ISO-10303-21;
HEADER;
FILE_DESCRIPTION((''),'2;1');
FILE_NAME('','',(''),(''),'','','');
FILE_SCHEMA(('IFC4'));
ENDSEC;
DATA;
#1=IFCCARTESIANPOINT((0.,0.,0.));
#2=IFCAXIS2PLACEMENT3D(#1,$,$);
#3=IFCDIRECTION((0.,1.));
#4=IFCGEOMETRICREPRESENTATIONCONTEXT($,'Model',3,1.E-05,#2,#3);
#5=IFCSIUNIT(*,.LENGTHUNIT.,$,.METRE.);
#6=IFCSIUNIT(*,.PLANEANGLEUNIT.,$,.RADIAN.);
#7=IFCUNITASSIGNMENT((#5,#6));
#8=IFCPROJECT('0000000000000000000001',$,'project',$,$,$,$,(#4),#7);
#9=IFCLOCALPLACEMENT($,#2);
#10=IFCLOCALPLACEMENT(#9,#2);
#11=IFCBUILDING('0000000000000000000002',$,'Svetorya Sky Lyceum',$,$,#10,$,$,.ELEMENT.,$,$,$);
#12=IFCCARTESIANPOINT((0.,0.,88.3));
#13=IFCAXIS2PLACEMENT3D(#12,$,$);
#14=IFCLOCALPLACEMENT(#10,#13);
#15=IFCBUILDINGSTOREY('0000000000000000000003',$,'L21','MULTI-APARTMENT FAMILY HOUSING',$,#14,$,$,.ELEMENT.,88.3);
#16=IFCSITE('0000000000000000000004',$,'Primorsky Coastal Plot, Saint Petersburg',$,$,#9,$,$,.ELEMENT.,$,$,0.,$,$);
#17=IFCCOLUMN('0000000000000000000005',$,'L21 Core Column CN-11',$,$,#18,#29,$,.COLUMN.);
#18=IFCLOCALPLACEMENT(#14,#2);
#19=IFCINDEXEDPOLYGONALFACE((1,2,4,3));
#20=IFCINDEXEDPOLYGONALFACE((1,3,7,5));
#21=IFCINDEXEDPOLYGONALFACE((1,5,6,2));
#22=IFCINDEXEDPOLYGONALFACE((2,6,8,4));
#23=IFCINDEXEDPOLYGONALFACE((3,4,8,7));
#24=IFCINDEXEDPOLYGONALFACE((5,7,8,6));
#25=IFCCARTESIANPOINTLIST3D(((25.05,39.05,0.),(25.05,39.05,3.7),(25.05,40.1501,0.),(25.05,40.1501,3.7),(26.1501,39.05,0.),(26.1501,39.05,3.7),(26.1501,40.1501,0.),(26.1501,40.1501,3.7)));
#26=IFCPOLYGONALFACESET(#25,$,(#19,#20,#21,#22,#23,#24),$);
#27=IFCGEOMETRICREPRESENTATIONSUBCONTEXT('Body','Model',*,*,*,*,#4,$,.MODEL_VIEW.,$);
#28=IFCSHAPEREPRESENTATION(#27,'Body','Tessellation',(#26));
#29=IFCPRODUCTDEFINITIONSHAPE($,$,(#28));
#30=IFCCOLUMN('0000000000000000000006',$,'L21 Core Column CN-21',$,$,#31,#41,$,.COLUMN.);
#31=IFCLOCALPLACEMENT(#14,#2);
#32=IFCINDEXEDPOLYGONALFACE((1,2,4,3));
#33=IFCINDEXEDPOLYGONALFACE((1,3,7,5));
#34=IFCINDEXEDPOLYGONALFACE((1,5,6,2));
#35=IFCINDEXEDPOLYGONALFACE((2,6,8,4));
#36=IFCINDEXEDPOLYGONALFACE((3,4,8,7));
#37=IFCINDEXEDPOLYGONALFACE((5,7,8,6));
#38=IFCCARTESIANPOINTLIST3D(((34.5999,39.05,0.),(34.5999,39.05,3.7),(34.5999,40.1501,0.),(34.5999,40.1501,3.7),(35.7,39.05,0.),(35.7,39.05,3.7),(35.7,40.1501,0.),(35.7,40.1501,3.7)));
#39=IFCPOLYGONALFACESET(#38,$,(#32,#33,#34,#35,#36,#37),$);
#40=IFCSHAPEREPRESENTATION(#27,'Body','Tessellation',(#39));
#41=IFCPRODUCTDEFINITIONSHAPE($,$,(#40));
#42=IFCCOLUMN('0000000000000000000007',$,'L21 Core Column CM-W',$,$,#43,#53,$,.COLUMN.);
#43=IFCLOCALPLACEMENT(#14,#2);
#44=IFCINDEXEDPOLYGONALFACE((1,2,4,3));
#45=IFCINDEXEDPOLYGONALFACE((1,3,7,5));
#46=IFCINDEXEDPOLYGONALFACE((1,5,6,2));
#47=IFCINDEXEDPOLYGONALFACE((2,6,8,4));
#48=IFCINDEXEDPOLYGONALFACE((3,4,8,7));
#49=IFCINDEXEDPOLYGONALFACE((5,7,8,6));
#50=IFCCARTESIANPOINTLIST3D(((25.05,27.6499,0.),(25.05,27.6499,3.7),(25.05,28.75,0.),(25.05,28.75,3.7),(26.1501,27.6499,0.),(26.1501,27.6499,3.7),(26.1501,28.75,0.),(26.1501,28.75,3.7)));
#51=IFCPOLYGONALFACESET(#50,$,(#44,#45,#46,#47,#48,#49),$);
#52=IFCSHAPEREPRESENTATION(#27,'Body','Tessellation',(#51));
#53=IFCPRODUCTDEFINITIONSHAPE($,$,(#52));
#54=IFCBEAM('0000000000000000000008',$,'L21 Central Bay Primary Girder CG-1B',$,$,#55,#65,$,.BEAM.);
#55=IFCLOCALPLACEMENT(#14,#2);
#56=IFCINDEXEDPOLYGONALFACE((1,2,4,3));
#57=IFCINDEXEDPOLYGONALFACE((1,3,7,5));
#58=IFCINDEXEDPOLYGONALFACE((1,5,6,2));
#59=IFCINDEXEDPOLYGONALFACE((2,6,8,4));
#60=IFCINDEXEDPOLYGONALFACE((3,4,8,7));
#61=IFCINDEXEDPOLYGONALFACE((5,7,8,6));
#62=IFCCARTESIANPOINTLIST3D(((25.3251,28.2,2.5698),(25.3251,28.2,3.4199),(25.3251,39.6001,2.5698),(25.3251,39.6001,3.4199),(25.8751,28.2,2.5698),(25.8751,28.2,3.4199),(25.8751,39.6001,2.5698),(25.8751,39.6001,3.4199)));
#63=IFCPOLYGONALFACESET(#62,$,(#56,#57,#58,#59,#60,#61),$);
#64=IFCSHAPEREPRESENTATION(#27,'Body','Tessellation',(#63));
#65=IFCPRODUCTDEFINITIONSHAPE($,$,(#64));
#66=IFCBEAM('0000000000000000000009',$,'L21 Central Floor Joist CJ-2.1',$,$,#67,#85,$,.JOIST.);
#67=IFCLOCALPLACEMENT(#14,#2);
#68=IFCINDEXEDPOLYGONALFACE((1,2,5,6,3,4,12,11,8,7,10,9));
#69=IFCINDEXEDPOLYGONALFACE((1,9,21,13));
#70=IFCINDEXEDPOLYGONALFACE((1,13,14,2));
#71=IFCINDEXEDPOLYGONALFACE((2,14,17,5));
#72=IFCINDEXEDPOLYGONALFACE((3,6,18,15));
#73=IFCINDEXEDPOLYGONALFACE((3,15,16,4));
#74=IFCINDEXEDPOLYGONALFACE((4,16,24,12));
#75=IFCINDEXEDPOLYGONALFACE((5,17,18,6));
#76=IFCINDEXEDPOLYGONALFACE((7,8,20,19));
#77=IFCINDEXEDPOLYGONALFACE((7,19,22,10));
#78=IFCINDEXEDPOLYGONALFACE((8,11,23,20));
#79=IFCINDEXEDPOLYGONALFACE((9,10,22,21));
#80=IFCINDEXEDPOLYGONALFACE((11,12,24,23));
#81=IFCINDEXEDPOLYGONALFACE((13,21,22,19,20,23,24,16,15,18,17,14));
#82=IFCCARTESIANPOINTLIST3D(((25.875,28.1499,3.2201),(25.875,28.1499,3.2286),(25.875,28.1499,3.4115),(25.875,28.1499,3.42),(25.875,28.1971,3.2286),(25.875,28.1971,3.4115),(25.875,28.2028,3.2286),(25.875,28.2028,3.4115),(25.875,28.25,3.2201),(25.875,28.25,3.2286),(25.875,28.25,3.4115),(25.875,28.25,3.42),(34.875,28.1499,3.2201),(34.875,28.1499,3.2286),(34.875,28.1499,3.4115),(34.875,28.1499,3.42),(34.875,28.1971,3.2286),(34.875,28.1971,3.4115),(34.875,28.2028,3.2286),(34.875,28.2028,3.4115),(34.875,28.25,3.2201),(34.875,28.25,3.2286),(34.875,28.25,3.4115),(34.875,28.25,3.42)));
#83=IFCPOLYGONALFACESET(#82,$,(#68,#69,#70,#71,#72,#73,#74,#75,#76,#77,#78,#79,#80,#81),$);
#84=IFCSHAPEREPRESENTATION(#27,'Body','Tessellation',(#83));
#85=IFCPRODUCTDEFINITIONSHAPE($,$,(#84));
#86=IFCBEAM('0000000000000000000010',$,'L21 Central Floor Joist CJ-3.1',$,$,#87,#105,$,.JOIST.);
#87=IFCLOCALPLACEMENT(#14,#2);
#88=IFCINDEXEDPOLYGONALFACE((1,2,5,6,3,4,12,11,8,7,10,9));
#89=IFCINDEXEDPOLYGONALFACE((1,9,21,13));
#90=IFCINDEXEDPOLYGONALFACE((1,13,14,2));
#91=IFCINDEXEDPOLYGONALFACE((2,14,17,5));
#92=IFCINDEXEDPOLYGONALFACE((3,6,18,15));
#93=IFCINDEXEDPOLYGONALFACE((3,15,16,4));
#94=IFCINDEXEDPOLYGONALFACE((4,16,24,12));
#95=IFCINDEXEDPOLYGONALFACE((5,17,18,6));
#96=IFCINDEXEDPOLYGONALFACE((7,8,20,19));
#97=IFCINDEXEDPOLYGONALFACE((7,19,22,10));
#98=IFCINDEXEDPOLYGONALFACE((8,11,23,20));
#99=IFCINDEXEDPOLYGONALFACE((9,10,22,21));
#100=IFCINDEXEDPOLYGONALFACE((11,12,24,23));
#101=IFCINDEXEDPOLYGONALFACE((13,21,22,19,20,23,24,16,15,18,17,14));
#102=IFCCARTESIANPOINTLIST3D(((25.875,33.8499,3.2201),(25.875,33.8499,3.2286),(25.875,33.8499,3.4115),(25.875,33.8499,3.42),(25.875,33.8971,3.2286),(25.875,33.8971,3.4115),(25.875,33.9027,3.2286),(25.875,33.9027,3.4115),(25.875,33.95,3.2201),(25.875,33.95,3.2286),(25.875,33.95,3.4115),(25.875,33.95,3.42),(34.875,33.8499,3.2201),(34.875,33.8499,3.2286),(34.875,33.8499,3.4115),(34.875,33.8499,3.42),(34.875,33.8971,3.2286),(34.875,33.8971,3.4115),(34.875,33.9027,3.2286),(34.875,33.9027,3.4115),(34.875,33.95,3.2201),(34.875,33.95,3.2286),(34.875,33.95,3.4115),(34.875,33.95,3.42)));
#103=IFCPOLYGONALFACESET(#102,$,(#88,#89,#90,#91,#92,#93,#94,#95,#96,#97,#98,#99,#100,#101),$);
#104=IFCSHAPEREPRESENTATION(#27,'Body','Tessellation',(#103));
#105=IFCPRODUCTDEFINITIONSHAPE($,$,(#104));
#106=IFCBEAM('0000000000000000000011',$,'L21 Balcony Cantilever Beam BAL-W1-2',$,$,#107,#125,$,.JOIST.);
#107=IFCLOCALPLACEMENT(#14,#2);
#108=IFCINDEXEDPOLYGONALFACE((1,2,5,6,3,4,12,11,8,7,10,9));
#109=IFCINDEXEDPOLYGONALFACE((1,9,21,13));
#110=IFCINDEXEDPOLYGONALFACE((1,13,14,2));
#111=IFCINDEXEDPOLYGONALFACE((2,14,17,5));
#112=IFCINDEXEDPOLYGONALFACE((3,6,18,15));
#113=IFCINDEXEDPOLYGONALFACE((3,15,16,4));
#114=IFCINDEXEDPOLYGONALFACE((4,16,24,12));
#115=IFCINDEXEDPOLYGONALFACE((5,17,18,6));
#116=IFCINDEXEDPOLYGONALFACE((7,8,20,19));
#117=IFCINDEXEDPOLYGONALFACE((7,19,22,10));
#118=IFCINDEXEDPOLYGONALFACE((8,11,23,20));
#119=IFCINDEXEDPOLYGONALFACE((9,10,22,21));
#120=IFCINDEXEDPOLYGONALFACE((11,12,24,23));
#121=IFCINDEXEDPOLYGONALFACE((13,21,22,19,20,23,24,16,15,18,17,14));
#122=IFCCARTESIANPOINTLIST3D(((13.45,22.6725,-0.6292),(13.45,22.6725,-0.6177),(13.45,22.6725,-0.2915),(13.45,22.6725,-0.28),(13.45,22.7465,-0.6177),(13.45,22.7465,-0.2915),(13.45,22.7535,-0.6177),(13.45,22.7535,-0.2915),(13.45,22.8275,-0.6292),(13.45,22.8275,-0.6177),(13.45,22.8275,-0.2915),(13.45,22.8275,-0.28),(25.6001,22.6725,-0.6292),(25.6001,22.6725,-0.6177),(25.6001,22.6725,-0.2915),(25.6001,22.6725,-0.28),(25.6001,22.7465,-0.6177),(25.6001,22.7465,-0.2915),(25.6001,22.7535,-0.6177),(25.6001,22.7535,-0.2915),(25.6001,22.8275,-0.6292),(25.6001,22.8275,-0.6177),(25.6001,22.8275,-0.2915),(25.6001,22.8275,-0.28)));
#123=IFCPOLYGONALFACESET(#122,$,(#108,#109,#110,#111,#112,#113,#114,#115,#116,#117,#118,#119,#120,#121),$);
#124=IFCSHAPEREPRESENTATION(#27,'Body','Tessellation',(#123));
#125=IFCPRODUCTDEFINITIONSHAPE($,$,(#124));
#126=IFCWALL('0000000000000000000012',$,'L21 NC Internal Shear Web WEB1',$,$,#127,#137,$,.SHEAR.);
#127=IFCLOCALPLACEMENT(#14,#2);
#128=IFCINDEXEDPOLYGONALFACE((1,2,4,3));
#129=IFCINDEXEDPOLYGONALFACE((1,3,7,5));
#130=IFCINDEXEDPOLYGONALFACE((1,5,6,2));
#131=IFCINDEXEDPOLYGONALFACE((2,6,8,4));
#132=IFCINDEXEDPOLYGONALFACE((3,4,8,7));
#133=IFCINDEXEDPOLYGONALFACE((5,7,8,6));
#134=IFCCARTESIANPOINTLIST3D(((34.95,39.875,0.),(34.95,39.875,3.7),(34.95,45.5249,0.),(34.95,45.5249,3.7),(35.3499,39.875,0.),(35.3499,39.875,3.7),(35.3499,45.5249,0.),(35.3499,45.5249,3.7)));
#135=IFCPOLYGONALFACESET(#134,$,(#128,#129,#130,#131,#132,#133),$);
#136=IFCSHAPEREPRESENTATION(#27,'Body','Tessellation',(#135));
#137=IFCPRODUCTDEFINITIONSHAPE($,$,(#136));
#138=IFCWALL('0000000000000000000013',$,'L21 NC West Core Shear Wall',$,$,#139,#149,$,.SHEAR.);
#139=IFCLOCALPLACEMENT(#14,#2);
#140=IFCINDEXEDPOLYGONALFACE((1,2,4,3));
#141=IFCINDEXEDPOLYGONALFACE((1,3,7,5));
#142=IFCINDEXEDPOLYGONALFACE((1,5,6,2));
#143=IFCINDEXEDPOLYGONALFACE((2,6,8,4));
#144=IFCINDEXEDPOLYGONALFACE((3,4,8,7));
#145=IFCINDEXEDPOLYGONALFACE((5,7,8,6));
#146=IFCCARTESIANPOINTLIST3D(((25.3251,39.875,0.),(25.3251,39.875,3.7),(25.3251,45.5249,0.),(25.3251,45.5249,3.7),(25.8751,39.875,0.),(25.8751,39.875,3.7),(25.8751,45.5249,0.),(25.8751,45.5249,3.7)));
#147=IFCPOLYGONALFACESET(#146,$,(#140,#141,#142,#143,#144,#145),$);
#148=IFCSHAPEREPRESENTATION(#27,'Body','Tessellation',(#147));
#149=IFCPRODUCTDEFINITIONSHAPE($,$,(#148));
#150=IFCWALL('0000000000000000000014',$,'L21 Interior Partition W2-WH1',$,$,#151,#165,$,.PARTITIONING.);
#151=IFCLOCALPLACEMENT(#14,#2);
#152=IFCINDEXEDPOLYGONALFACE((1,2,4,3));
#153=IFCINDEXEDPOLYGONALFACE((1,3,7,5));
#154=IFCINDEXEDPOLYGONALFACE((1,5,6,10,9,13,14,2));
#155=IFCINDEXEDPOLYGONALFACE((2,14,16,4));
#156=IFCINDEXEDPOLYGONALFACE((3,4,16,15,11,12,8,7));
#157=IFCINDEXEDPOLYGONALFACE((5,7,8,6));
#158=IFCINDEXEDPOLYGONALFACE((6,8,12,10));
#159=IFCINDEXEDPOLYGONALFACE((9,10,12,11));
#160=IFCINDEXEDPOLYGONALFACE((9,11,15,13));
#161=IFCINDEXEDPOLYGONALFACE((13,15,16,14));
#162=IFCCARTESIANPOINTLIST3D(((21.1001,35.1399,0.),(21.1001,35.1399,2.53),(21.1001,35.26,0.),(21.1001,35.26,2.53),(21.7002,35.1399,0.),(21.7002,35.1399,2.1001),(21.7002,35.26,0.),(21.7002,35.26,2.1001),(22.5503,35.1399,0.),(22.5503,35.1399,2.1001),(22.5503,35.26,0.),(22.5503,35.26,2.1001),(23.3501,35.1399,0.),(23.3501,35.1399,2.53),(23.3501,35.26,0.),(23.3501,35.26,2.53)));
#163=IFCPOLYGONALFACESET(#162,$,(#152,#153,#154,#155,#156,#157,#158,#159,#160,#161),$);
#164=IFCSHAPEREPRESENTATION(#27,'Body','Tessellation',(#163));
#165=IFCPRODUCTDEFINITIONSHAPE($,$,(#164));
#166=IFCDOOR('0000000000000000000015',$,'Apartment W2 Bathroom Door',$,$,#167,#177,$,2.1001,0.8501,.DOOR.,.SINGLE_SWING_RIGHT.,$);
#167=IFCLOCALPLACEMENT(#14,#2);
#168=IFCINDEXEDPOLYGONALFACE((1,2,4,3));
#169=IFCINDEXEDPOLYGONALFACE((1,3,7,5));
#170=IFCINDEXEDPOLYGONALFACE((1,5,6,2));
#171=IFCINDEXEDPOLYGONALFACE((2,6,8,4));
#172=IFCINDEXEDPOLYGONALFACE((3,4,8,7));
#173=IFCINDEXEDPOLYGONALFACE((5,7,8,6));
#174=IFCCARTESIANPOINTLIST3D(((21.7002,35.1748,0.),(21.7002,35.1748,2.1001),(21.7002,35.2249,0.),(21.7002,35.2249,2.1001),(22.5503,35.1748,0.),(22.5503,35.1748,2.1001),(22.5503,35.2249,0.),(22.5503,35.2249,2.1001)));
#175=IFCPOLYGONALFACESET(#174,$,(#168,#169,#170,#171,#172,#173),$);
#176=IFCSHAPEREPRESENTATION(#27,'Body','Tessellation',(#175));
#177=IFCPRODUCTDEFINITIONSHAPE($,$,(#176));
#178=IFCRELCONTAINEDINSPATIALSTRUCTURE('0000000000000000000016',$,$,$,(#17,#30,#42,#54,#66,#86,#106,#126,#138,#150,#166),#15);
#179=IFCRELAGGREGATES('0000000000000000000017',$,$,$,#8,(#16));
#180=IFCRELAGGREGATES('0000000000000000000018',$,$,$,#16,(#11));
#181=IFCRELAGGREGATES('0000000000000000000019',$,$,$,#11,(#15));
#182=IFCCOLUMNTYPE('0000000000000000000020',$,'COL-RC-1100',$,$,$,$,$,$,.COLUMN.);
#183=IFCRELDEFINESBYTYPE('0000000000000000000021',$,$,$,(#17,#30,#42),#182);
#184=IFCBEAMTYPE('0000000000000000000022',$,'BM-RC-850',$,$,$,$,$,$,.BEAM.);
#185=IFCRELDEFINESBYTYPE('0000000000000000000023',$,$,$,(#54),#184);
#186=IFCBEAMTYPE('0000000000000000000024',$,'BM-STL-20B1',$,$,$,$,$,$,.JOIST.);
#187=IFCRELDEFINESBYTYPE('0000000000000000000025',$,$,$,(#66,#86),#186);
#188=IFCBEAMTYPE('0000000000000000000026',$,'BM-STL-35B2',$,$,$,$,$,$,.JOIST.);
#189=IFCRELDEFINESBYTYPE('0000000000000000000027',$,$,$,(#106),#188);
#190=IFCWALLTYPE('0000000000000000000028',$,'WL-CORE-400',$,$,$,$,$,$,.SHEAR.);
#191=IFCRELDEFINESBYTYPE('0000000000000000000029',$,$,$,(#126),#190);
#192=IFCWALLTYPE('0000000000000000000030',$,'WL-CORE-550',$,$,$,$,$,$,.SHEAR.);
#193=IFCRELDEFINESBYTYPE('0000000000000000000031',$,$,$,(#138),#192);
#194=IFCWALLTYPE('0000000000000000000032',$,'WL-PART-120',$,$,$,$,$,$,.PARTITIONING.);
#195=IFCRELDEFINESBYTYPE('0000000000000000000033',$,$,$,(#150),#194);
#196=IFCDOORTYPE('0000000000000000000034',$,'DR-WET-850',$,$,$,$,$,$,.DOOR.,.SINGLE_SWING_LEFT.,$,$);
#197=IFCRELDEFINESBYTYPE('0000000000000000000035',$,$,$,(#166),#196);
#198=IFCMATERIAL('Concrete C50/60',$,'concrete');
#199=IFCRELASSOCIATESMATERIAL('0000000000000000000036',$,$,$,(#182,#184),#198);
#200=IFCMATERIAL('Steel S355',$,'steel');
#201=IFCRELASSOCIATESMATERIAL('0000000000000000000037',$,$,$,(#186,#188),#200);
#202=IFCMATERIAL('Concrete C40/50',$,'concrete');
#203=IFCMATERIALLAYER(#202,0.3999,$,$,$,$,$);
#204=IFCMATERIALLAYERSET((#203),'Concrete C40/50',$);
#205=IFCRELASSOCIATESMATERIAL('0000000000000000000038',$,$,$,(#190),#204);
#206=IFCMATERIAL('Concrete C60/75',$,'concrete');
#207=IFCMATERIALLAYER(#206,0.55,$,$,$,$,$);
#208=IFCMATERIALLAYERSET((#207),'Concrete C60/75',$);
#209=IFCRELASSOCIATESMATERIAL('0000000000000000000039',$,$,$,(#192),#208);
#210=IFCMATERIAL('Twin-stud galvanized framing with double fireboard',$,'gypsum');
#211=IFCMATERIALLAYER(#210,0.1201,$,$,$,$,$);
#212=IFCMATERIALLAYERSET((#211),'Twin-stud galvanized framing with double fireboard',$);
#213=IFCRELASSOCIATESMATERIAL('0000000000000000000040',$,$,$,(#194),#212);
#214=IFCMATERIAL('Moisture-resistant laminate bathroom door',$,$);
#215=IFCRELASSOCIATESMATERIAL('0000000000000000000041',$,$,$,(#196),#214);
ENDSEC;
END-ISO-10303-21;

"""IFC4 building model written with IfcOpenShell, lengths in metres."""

from ifc_helpers import new_model, si_unit, direction, frame, frame_2d, origin, origin_2d, place, context, subcontext, project, spatial, rectangle, i_section, extrude, material, layer, layer_set, material_profile, profile_set, type_object, element, fill, save


model = new_model("IFC4")

# Units and contexts
model_context = context("Model", 3, precision=1e-05, world=origin(), true_north=direction((0.0, 1.0)))
body_context = subcontext(model_context, "Body", "Model", "MODEL_VIEW")
ifc_project = project(units=[si_unit("LENGTHUNIT", "METRE"), si_unit("PLANEANGLEUNIT", "RADIAN")], contexts=[model_context])

# Site, building, storey
site_placement = place(None, origin())
site = spatial("IfcSite", under=ifc_project, at=site_placement, Name="Primorsky Coastal Plot, Saint Petersburg", CompositionType="ELEMENT", RefElevation=0.0)
building_placement = place(site_placement, origin())
building = spatial("IfcBuilding", under=site, at=building_placement, Name="Svetorya Sky Lyceum", CompositionType="ELEMENT")
storey_placement = place(building_placement, frame((0.0, 0.0, 88.3)))
storey = spatial("IfcBuildingStorey", under=building, at=storey_placement, Name="L21", Description="MULTI-APARTMENT FAMILY HOUSING", CompositionType="ELEMENT", Elevation=88.3)

# Columns
ifc_material_1 = material(Name="Concrete C50/60", Category="concrete")
ifc_material_profile_1 = material_profile(ifc_material_1, rectangle(XDim=1.1001, YDim=1.1001, at=origin_2d()), Name="RC COL 1100x1100")
ifc_profile_set_1 = profile_set([ifc_material_profile_1], Name="Concrete C50/60")
column_type = type_object("IfcColumnType", Name="COL-RC-1100", PredefinedType="COLUMN", material=ifc_profile_set_1)
for number, where, z_axis, x_axis, name in (
    (1, (25.6001, 39.6001, 0.0), (0.0, 0.0, 1.0), (1.0, 0.0, 0.0), "L21 Core Column CN-11"),
    (2, (35.1499, 39.6001, 0.0), (0.0, 0.0, 1.0), (1.0, 0.0, 0.0), "L21 Core Column CN-21"),
    (3, (25.6001, 28.2, 0.0), (0.0, 0.0, 1.0), (1.0, 0.0, 0.0), "L21 Core Column CM-W"),
):
    element("IfcColumn", number, at=place(storey_placement, frame(where, z_axis=z_axis, x_axis=x_axis)), inside=storey, type_object=column_type, Name=name, PredefinedType="COLUMN", context=body_context, shape_type="SweptSolid", body=[
        extrude(rectangle(XDim=1.1001, YDim=1.1001, at=origin_2d()), origin(), (0.0, 0.0, 1.0), 3.7),
    ])

# Beams
ifc_material_profile_2 = material_profile(ifc_material_1, rectangle(XDim=0.55, YDim=0.8501, at=origin_2d()), Name="RC BEAM 550x850")
ifc_profile_set_2 = profile_set([ifc_material_profile_2], Name="Concrete C50/60")
beam_type_1 = type_object("IfcBeamType", Name="BM-RC-850", PredefinedType="BEAM", material=ifc_profile_set_2)
beam_1_placement = place(storey_placement, frame((25.6001, 28.2, 2.9949), z_axis=(0.0, 1.0, 0.0), x_axis=(-1.0, 0.0, 0.0)))
element("IfcBeam", 4, at=beam_1_placement, inside=storey, type_object=beam_type_1, Name="L21 Central Bay Primary Girder CG-1B", PredefinedType="BEAM", context=body_context, shape_type="SweptSolid", body=[
    extrude(rectangle(XDim=0.55, YDim=0.8501, at=origin_2d()), origin(), (0.0, 0.0, 1.0), 11.4001),
])
ifc_material_2 = material(Name="Steel S355", Category="steel")
ifc_material_profile_3 = material_profile(ifc_material_2, i_section(OverallWidth=0.1001, OverallDepth=0.2, WebThickness=0.0056, FlangeThickness=0.0085, at=origin_2d()), Name="GOST 20B1")
ifc_profile_set_3 = profile_set([ifc_material_profile_3], Name="Steel S355")
beam_type_2 = type_object("IfcBeamType", Name="BM-STL-20B1", PredefinedType="JOIST", material=ifc_profile_set_3)
for number, where, z_axis, x_axis, name in (
    (5, (25.875, 28.2, 3.3201), (1.0, 0.0, 0.0), (0.0, 1.0, 0.0), "L21 Central Floor Joist CJ-2.1"),
    (6, (25.875, 33.8999, 3.3201), (1.0, 0.0, 0.0), (0.0, 1.0, 0.0), "L21 Central Floor Joist CJ-3.1"),
):
    element("IfcBeam", number, at=place(storey_placement, frame(where, z_axis=z_axis, x_axis=x_axis)), inside=storey, type_object=beam_type_2, Name=name, PredefinedType="JOIST", context=body_context, shape_type="SweptSolid", body=[
        extrude(i_section(OverallWidth=0.1001, OverallDepth=0.2, WebThickness=0.0056, FlangeThickness=0.0085, at=origin_2d()), origin(), (0.0, 0.0, 1.0), 9.0),
    ])
ifc_material_profile_4 = material_profile(ifc_material_2, i_section(OverallWidth=0.155, OverallDepth=0.3491, WebThickness=0.0071, FlangeThickness=0.0115, at=origin_2d()), Name="GOST 35B2")
ifc_profile_set_4 = profile_set([ifc_material_profile_4], Name="Steel S355")
beam_type_3 = type_object("IfcBeamType", Name="BM-STL-35B2", PredefinedType="JOIST", material=ifc_profile_set_4)
beam_2_placement = place(storey_placement, frame((25.6001, 22.75, -0.4546), z_axis=(-1.0, 0.0, 0.0), x_axis=(0.0, -1.0, 0.0)))
element("IfcBeam", 7, at=beam_2_placement, inside=storey, type_object=beam_type_3, Name="L21 Balcony Cantilever Beam BAL-W1-2", PredefinedType="JOIST", context=body_context, shape_type="SweptSolid", body=[
    extrude(i_section(OverallWidth=0.155, OverallDepth=0.3491, WebThickness=0.0071, FlangeThickness=0.0115, at=origin_2d()), origin(), (0.0, 0.0, 1.0), 12.1501),
])

# Walls
ifc_material_3 = material(Name="Concrete C40/50", Category="concrete")
ifc_layer_1 = layer(ifc_material_3, 0.3999)
ifc_layer_set_1 = layer_set([ifc_layer_1], Name="Concrete C40/50")
wall_type_1 = type_object("IfcWallType", Name="WL-CORE-400", PredefinedType="SHEAR", material=ifc_layer_set_1)
wall_1_placement = place(storey_placement, frame((35.1499, 39.875, 0.0), z_axis=(0.0, 0.0, 1.0), x_axis=(0.0, 1.0, 0.0)))
element("IfcWall", 8, at=wall_1_placement, inside=storey, type_object=wall_type_1, Name="L21 NC Internal Shear Web WEB1", PredefinedType="SHEAR", context=body_context, shape_type="SweptSolid", body=[
    extrude(rectangle(XDim=5.6499, YDim=0.3999, at=frame_2d((2.825, 0.0))), origin(), (0.0, 0.0, 1.0), 3.7),
])
ifc_material_4 = material(Name="Concrete C60/75", Category="concrete")
ifc_layer_2 = layer(ifc_material_4, 0.55)
ifc_layer_set_2 = layer_set([ifc_layer_2], Name="Concrete C60/75")
wall_type_2 = type_object("IfcWallType", Name="WL-CORE-550", PredefinedType="SHEAR", material=ifc_layer_set_2)
wall_2_placement = place(storey_placement, frame((25.6001, 39.875, 0.0), z_axis=(0.0, 0.0, 1.0), x_axis=(0.0, 1.0, 0.0)))
element("IfcWall", 9, at=wall_2_placement, inside=storey, type_object=wall_type_2, Name="L21 NC West Core Shear Wall", PredefinedType="SHEAR", context=body_context, shape_type="SweptSolid", body=[
    extrude(rectangle(XDim=5.6499, YDim=0.55, at=frame_2d((2.825, 0.0))), origin(), (0.0, 0.0, 1.0), 3.7),
])

# Wall, opening, door
ifc_material_5 = material(Name="Twin-stud galvanized framing with double fireboard", Category="gypsum")
ifc_layer_3 = layer(ifc_material_5, 0.1201)
ifc_layer_set_3 = layer_set([ifc_layer_3], Name="Twin-stud galvanized framing with double fireboard")
wall_type_3 = type_object("IfcWallType", Name="WL-PART-120", PredefinedType="PARTITIONING", material=ifc_layer_set_3)
wall_3_placement = place(storey_placement, frame((21.1001, 35.2, 0.0), z_axis=(0.0, 0.0, 1.0), x_axis=(1.0, 0.0, 0.0)))
wall_3 = element("IfcWall", 10, at=wall_3_placement, inside=storey, type_object=wall_type_3, Name="L21 Interior Partition W2-WH1", PredefinedType="PARTITIONING", context=body_context, shape_type="SweptSolid", body=[
    extrude(rectangle(XDim=2.25, YDim=0.1201, at=frame_2d((1.125, 0.0))), origin(), (0.0, 0.0, 1.0), 2.53),
])
opening_1_placement = place(wall_3_placement, frame((0.6001, 0.0, 0.0)))
opening_1 = element("IfcOpeningElement", 11, at=opening_1_placement, cuts=wall_3, PredefinedType="OPENING", context=body_context, shape_type="SweptSolid", body=[
    extrude(rectangle(XDim=0.8501, YDim=2.1001, at=frame_2d((0.425, 1.05))), frame((0.0, 0.0701, 0.0), z_axis=(0.0, -1.0, 0.0), x_axis=(1.0, 0.0, 0.0)), (0.0, 0.0, 1.0), 0.1401),
])
ifc_material_6 = material(Name="Moisture-resistant laminate bathroom door")
door_type_1 = type_object("IfcDoorType", Name="DR-WET-850", OperationType="SINGLE_SWING_LEFT", PredefinedType="DOOR", material=ifc_material_6)
door_1_placement = place(opening_1_placement, origin())
door_1 = element("IfcDoor", 12, at=door_1_placement, inside=storey, type_object=door_type_1, Name="Apartment W2 Bathroom Door", OperationType="SINGLE_SWING_RIGHT", OverallHeight=2.1001, OverallWidth=0.8501, PredefinedType="DOOR", context=body_context, shape_type="SweptSolid", body=[
    extrude(rectangle(XDim=0.8501, YDim=2.1001, at=frame_2d((0.425, 1.05))), frame((0.0, 0.0249, 0.0), z_axis=(0.0, -1.0, 0.0), x_axis=(1.0, 0.0, 0.0)), (0.0, 0.0, 1.0), 0.05),
])
fill(opening_1, door_1)

save(model, "model.ifc")
